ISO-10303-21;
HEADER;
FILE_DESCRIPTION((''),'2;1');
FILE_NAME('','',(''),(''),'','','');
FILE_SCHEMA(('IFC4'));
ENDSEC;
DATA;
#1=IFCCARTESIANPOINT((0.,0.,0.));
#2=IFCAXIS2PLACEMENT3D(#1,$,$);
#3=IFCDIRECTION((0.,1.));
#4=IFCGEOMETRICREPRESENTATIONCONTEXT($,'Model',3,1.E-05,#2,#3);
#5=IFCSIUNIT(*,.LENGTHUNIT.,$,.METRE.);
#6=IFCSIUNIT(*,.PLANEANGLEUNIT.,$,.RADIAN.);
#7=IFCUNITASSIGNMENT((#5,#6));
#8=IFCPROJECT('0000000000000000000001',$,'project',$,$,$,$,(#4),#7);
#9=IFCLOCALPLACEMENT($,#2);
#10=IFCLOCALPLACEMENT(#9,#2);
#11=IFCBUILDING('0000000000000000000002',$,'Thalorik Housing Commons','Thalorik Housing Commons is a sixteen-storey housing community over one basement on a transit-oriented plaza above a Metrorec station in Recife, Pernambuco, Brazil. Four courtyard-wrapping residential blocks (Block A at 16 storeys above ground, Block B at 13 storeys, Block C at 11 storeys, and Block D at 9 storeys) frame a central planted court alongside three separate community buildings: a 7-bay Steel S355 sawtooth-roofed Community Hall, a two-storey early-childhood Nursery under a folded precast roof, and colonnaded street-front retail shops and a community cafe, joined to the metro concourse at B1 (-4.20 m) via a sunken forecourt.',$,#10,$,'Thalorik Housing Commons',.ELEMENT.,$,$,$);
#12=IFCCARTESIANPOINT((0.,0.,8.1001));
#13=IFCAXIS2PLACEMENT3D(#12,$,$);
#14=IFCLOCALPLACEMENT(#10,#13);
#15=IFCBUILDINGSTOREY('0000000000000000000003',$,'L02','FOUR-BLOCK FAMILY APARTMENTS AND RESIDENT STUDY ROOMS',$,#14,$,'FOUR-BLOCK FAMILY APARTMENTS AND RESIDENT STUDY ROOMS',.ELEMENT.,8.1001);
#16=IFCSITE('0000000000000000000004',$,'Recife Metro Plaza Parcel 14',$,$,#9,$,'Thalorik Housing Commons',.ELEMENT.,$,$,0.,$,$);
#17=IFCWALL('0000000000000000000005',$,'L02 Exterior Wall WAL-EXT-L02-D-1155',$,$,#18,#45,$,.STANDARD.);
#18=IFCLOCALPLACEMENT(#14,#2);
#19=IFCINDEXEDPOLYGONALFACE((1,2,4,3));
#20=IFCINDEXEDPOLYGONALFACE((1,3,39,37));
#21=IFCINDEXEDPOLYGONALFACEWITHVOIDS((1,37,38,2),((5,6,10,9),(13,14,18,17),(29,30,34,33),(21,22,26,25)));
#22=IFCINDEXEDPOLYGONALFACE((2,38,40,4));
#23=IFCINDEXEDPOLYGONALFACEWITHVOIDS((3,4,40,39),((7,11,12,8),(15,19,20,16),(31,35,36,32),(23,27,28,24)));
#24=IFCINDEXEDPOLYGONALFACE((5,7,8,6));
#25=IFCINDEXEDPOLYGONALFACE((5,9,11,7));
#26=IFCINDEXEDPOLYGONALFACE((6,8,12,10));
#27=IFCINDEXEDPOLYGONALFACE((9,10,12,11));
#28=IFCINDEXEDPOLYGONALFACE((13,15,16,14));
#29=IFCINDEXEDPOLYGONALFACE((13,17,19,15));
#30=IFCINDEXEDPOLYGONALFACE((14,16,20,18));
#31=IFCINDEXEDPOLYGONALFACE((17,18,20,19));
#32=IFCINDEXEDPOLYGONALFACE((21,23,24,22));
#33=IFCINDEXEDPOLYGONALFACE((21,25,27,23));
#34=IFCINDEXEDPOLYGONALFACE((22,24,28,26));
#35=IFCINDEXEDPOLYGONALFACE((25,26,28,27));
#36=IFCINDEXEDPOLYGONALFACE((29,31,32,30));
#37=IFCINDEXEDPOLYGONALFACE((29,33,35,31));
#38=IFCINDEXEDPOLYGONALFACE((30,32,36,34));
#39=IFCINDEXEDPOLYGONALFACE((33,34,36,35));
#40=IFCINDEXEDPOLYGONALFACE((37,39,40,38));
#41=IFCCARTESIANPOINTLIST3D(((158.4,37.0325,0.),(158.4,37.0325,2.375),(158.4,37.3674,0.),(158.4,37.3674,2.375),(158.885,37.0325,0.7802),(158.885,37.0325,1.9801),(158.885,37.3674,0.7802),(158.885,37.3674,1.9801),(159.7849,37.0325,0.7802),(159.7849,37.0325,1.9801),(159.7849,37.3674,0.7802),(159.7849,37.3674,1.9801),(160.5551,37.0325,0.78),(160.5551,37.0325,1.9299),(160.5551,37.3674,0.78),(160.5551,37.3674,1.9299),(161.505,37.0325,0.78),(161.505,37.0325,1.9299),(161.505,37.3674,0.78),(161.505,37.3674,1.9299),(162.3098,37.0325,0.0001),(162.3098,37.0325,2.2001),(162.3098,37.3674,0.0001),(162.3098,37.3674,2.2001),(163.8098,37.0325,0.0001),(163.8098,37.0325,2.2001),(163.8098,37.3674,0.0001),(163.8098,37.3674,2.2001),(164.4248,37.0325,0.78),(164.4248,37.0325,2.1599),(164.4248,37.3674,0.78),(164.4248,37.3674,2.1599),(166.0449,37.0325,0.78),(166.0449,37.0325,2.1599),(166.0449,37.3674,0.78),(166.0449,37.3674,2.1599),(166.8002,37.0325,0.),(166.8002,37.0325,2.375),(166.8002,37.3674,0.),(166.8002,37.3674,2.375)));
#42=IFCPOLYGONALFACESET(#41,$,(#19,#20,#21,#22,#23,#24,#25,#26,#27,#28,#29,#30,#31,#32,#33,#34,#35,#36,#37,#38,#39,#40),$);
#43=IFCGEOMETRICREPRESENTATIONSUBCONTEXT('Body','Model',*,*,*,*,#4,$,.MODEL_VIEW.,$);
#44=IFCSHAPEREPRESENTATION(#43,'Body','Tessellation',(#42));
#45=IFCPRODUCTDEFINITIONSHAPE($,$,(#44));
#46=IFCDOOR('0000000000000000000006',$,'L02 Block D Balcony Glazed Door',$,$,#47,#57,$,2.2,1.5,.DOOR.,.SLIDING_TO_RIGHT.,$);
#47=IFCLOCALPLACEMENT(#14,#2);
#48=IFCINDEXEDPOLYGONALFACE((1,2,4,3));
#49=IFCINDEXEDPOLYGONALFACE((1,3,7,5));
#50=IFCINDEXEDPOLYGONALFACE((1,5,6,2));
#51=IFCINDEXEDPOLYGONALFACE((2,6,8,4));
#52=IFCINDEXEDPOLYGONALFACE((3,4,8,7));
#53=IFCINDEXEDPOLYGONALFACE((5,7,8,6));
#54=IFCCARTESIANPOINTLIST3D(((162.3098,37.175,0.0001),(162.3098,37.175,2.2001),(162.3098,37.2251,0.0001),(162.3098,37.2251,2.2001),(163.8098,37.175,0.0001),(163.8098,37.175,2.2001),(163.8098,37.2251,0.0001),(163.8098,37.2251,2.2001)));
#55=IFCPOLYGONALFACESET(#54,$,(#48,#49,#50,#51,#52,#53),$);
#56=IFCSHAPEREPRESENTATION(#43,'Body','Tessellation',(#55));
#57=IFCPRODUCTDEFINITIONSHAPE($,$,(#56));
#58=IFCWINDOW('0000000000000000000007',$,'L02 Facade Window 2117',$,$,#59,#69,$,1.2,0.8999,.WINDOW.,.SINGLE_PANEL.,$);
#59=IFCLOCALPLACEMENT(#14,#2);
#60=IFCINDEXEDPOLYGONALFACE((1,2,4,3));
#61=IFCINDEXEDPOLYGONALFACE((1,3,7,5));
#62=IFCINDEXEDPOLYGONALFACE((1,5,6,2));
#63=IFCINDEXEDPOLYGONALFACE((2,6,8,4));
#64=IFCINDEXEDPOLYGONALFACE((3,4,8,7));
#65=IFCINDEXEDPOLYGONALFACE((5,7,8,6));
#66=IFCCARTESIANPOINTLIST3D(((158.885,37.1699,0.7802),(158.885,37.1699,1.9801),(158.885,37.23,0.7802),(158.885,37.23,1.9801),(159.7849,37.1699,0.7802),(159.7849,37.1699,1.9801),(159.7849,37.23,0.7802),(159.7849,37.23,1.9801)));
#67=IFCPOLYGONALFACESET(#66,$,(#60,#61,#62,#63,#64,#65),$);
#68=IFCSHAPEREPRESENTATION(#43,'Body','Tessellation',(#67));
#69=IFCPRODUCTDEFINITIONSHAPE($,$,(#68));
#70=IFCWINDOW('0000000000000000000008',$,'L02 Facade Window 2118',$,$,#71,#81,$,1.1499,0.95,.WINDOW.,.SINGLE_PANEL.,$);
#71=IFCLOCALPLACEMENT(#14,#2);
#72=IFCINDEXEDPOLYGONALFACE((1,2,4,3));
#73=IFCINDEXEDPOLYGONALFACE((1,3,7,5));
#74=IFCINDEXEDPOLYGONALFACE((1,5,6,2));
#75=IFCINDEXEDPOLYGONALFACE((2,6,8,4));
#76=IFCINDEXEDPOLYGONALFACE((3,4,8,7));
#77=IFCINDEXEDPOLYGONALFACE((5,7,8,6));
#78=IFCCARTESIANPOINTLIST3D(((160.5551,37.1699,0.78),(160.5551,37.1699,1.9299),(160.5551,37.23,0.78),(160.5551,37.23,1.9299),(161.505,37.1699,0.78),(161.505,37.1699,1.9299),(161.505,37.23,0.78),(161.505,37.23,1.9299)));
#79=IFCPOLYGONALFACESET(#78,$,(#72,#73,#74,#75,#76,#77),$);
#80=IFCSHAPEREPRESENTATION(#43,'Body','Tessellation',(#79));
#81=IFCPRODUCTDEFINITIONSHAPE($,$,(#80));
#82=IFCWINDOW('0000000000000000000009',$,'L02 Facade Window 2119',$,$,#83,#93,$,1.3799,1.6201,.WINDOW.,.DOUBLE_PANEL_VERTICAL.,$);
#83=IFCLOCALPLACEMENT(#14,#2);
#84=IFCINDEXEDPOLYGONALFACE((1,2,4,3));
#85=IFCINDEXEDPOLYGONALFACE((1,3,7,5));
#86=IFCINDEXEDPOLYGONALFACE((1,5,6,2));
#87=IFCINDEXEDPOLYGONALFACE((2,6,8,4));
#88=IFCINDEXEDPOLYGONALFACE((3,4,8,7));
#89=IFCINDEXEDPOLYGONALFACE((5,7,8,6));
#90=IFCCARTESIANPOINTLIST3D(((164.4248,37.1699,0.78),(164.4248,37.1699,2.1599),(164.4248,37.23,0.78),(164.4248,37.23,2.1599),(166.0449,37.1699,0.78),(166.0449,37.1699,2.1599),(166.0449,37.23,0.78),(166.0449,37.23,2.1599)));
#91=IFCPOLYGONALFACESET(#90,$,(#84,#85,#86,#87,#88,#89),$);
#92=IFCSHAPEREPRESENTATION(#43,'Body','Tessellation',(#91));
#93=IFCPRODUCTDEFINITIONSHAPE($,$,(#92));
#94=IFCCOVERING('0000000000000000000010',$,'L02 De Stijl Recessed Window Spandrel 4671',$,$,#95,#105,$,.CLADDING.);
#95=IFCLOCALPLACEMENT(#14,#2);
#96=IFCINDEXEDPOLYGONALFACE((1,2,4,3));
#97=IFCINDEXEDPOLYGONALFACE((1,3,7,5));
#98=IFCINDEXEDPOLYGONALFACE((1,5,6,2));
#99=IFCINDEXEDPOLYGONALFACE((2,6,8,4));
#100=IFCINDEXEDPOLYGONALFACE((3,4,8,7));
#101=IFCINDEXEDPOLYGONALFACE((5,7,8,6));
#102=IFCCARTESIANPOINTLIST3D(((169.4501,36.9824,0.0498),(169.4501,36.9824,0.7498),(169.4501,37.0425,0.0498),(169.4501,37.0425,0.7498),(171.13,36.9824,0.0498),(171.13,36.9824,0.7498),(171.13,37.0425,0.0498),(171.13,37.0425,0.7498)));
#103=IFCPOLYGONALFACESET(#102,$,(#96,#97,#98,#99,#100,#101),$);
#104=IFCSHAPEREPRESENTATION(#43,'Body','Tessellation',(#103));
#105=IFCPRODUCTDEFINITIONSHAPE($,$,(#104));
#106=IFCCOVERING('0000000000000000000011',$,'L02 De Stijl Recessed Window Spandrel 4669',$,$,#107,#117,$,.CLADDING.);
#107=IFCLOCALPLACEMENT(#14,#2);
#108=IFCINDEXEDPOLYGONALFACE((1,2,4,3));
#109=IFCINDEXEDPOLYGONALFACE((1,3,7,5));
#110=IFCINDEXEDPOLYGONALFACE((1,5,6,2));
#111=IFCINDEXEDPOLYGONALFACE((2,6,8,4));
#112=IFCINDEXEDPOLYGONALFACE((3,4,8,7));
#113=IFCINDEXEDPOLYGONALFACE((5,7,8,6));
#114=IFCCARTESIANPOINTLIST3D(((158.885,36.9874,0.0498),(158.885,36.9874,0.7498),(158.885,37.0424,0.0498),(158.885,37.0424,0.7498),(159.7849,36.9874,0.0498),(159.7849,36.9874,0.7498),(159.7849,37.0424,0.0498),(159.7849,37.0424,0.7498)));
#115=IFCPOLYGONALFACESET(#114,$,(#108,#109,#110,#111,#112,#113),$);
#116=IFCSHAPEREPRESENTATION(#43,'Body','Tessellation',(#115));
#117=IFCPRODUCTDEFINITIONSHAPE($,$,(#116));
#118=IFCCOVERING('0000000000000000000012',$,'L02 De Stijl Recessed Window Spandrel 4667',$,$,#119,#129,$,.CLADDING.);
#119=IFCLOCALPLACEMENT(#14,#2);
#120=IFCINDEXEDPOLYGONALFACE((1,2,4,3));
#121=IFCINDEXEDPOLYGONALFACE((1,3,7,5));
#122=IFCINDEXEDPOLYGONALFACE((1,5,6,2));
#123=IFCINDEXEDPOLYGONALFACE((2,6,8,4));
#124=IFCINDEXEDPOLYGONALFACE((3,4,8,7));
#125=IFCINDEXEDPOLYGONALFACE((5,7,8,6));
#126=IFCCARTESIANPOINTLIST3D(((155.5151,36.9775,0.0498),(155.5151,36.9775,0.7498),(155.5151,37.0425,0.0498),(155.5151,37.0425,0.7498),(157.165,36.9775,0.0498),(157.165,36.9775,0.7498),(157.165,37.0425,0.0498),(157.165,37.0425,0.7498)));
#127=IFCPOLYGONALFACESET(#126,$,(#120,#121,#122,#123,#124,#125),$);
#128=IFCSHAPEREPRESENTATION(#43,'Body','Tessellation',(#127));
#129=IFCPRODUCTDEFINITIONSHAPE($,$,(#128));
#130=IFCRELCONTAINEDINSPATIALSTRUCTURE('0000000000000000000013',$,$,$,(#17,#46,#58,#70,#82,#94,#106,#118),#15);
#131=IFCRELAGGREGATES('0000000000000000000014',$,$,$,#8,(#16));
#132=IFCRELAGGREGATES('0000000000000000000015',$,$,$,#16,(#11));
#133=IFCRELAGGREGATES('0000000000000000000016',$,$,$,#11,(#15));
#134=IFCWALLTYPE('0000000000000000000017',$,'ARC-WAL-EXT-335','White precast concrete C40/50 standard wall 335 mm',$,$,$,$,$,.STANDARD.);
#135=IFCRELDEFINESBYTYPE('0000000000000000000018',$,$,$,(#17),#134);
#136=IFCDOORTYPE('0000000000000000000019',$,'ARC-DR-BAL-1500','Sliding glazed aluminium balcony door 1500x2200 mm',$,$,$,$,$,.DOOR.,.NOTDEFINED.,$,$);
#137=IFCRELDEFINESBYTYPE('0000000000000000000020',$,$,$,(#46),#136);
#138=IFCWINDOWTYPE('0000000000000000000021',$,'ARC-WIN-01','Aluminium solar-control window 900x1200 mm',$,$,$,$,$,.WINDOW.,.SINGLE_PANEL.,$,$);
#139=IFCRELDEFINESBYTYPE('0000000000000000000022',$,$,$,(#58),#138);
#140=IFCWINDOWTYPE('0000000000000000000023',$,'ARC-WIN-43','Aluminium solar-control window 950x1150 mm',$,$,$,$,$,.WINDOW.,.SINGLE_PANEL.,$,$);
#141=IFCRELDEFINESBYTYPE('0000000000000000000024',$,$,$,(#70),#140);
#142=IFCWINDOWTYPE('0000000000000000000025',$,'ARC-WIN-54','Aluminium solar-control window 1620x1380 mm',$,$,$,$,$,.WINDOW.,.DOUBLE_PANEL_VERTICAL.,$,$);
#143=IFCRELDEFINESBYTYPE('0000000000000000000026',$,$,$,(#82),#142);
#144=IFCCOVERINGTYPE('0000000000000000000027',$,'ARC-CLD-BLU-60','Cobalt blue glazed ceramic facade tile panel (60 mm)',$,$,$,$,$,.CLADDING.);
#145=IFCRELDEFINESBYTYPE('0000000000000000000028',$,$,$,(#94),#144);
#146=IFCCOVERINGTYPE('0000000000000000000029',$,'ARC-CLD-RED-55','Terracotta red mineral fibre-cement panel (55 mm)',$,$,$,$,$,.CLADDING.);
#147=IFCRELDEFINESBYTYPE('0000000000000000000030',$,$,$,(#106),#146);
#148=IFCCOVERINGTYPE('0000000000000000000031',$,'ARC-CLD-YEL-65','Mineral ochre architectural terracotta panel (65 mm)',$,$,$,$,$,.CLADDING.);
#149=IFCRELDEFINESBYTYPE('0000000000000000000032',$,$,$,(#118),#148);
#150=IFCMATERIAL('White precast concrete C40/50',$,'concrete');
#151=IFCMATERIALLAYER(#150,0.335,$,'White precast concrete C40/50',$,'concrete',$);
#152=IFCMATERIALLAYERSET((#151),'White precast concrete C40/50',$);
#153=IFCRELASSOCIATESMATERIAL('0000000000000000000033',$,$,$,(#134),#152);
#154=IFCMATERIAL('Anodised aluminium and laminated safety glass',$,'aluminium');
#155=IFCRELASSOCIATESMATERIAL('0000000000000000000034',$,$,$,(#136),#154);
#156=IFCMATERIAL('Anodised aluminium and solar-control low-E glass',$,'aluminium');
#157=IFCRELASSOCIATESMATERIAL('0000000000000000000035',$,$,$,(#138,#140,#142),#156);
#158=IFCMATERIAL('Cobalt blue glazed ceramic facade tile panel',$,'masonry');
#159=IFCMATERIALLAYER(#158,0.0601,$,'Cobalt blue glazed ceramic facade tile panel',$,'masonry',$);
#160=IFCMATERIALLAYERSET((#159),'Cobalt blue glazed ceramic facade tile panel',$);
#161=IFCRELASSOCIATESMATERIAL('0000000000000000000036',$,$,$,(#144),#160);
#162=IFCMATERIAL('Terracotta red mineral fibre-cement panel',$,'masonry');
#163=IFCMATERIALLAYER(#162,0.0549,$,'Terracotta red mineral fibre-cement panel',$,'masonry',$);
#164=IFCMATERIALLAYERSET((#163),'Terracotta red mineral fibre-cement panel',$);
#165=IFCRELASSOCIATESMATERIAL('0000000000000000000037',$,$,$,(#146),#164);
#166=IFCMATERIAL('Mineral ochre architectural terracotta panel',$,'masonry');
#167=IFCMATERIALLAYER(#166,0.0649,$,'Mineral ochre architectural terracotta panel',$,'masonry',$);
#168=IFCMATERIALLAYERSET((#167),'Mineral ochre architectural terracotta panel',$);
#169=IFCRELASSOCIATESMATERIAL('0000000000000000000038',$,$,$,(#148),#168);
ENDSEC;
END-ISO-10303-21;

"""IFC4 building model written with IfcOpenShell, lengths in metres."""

from ifc_helpers import new_model, si_unit, direction, frame, frame_2d, origin, origin_2d, place, context, subcontext, project, spatial, rectangle, extrude, material, layer, layer_set, type_object, element, fill, save


model = new_model("IFC4")

# Units and contexts
model_context = context("Model", 3, precision=1e-05, world=origin(), true_north=direction((0.0, 1.0)))
body_context = subcontext(model_context, "Body", "Model", "MODEL_VIEW")
ifc_project = project(units=[si_unit("LENGTHUNIT", "METRE"), si_unit("PLANEANGLEUNIT", "RADIAN")], contexts=[model_context])

# Site, building, storey
site_placement = place(None, origin())
site = spatial("IfcSite", under=ifc_project, at=site_placement, Name="Recife Metro Plaza Parcel 14", LongName="Thalorik Housing Commons", CompositionType="ELEMENT", RefElevation=0.0)
building_placement = place(site_placement, origin())
building = spatial("IfcBuilding", under=site, at=building_placement, Name="Thalorik Housing Commons", Description="Thalorik Housing Commons is a sixteen-storey housing community over one basement on a transit-oriented plaza above a Metrorec station in Recife, Pernambuco, Brazil. Four courtyard-wrapping residential blocks (Block A at 16 storeys above ground, Block B at 13 storeys, Block C at 11 storeys, and Block D at 9 storeys) frame a central planted court alongside three separate community buildings: a 7-bay Steel S355 sawtooth-roofed Community Hall, a two-storey early-childhood Nursery under a folded precast roof, and colonnaded street-front retail shops and a community cafe, joined to the metro concourse at B1 (-4.20 m) via a sunken forecourt.", LongName="Thalorik Housing Commons", CompositionType="ELEMENT")
storey_placement = place(building_placement, frame((0.0, 0.0, 8.1001)))
storey = spatial("IfcBuildingStorey", under=building, at=storey_placement, Name="L02", Description="FOUR-BLOCK FAMILY APARTMENTS AND RESIDENT STUDY ROOMS", LongName="FOUR-BLOCK FAMILY APARTMENTS AND RESIDENT STUDY ROOMS", CompositionType="ELEMENT", Elevation=8.1001)

# Wall, openings, door, windows
ifc_material_1 = material(Name="White precast concrete C40/50", Category="concrete")
ifc_layer_1 = layer(ifc_material_1, 0.335, Name="White precast concrete C40/50", Category="concrete")
ifc_layer_set_1 = layer_set([ifc_layer_1], Name="White precast concrete C40/50")
wall_type = type_object("IfcWallType", Name="ARC-WAL-EXT-335", Description="White precast concrete C40/50 standard wall 335 mm", PredefinedType="STANDARD", material=ifc_layer_set_1)
wall_placement = place(storey_placement, frame((158.3999, 37.2, 0.0), z_axis=(0.0, 0.0, 1.0), x_axis=(1.0, 0.0, 0.0)))
wall = element("IfcWall", 1, at=wall_placement, inside=storey, type_object=wall_type, Name="L02 Exterior Wall WAL-EXT-L02-D-1155", PredefinedType="STANDARD", context=body_context, shape_type="SweptSolid", body=[
    extrude(rectangle(XDim=8.4001, YDim=0.335, at=frame_2d((4.2002, 0.0))), origin(), (0.0, 0.0, 1.0), 2.375),
])
opening_1_placement = place(wall_placement, frame((3.9099, 0.0, 0.0)))
opening_1 = element("IfcOpeningElement", 2, at=opening_1_placement, cuts=wall, PredefinedType="OPENING", context=body_context, shape_type="SweptSolid", body=[
    extrude(rectangle(XDim=1.5, YDim=2.2, at=frame_2d((0.75, 1.1001))), frame((0.0, 0.1775, 0.0), z_axis=(0.0, -1.0, 0.0), x_axis=(1.0, 0.0, 0.0)), (0.0, 0.0, 1.0), 0.355),
])
opening_2_placement = place(wall_placement, frame((0.4851, 0.0, 0.78)))
opening_2 = element("IfcOpeningElement", 3, at=opening_2_placement, cuts=wall, PredefinedType="OPENING", context=body_context, shape_type="SweptSolid", body=[
    extrude(rectangle(XDim=0.8999, YDim=1.2, at=frame_2d((0.45, 0.6001))), frame((0.0, 0.1775, 0.0), z_axis=(0.0, -1.0, 0.0), x_axis=(1.0, 0.0, 0.0)), (0.0, 0.0, 1.0), 0.355),
])
opening_3_placement = place(wall_placement, frame((2.155, 0.0, 0.78)))
opening_3 = element("IfcOpeningElement", 4, at=opening_3_placement, cuts=wall, PredefinedType="OPENING", context=body_context, shape_type="SweptSolid", body=[
    extrude(rectangle(XDim=0.95, YDim=1.1499, at=frame_2d((0.4751, 0.575))), frame((0.0, 0.1775, 0.0), z_axis=(0.0, -1.0, 0.0), x_axis=(1.0, 0.0, 0.0)), (0.0, 0.0, 1.0), 0.355),
])
opening_4_placement = place(wall_placement, frame((6.0249, 0.0, 0.78)))
opening_4 = element("IfcOpeningElement", 5, at=opening_4_placement, cuts=wall, PredefinedType="OPENING", context=body_context, shape_type="SweptSolid", body=[
    extrude(rectangle(XDim=1.6201, YDim=1.3799, at=frame_2d((0.8101, 0.6899))), frame((0.0, 0.1775, 0.0), z_axis=(0.0, -1.0, 0.0), x_axis=(1.0, 0.0, 0.0)), (0.0, 0.0, 1.0), 0.355),
])
ifc_material_2 = material(Name="Anodised aluminium and laminated safety glass", Category="aluminium")
door_type = type_object("IfcDoorType", Name="ARC-DR-BAL-1500", Description="Sliding glazed aluminium balcony door 1500x2200 mm", OperationType="NOTDEFINED", PredefinedType="DOOR", material=ifc_material_2)
door_placement = place(opening_1_placement, frame((1.5, 0.0, 0.0), z_axis=(0.0, 0.0, 1.0), x_axis=(-1.0, 0.0, 0.0)))
door = element("IfcDoor", 6, at=door_placement, inside=storey, type_object=door_type, Name="L02 Block D Balcony Glazed Door", OperationType="SLIDING_TO_RIGHT", OverallHeight=2.2, OverallWidth=1.5, PredefinedType="DOOR", context=body_context, shape_type="SweptSolid", body=[
    extrude(rectangle(XDim=1.5, YDim=2.2, at=frame_2d((0.75, 1.1001))), frame((0.0, 0.0249, 0.0), z_axis=(0.0, -1.0, 0.0), x_axis=(1.0, 0.0, 0.0)), (0.0, 0.0, 1.0), 0.05),
])
fill(opening_1, door)
ifc_material_3 = material(Name="Anodised aluminium and solar-control low-E glass", Category="aluminium")
window_type_1 = type_object("IfcWindowType", Name="ARC-WIN-01", Description="Aluminium solar-control window 900x1200 mm", PartitioningType="SINGLE_PANEL", PredefinedType="WINDOW", material=ifc_material_3)
window_1_placement = place(opening_2_placement, origin())
window_1 = element("IfcWindow", 7, at=window_1_placement, inside=storey, type_object=window_type_1, Name="L02 Facade Window 2117", OverallHeight=1.2, OverallWidth=0.8999, PartitioningType="SINGLE_PANEL", PredefinedType="WINDOW", context=body_context, shape_type="SweptSolid", body=[
    extrude(rectangle(XDim=0.8999, YDim=1.2, at=frame_2d((0.45, 0.6001))), frame((0.0, 0.03, 0.0), z_axis=(0.0, -1.0, 0.0), x_axis=(1.0, 0.0, 0.0)), (0.0, 0.0, 1.0), 0.0601),
])
fill(opening_2, window_1)
window_type_2 = type_object("IfcWindowType", Name="ARC-WIN-43", Description="Aluminium solar-control window 950x1150 mm", PartitioningType="SINGLE_PANEL", PredefinedType="WINDOW", material=ifc_material_3)
window_2_placement = place(opening_3_placement, origin())
window_2 = element("IfcWindow", 8, at=window_2_placement, inside=storey, type_object=window_type_2, Name="L02 Facade Window 2118", OverallHeight=1.1499, OverallWidth=0.95, PartitioningType="SINGLE_PANEL", PredefinedType="WINDOW", context=body_context, shape_type="SweptSolid", body=[
    extrude(rectangle(XDim=0.95, YDim=1.1499, at=frame_2d((0.4751, 0.575))), frame((0.0, 0.03, 0.0), z_axis=(0.0, -1.0, 0.0), x_axis=(1.0, 0.0, 0.0)), (0.0, 0.0, 1.0), 0.0601),
])
fill(opening_3, window_2)
window_type_3 = type_object("IfcWindowType", Name="ARC-WIN-54", Description="Aluminium solar-control window 1620x1380 mm", PartitioningType="DOUBLE_PANEL_VERTICAL", PredefinedType="WINDOW", material=ifc_material_3)
window_3_placement = place(opening_4_placement, origin())
window_3 = element("IfcWindow", 9, at=window_3_placement, inside=storey, type_object=window_type_3, Name="L02 Facade Window 2119", OverallHeight=1.3799, OverallWidth=1.6201, PartitioningType="DOUBLE_PANEL_VERTICAL", PredefinedType="WINDOW", context=body_context, shape_type="SweptSolid", body=[
    extrude(rectangle(XDim=1.6201, YDim=1.3799, at=frame_2d((0.8101, 0.6899))), frame((0.0, 0.03, 0.0), z_axis=(0.0, -1.0, 0.0), x_axis=(1.0, 0.0, 0.0)), (0.0, 0.0, 1.0), 0.0601),
])
fill(opening_4, window_3)

# Coverings
ifc_material_4 = material(Name="Cobalt blue glazed ceramic facade tile panel", Category="masonry")
ifc_layer_2 = layer(ifc_material_4, 0.0601, Name="Cobalt blue glazed ceramic facade tile panel", Category="masonry")
ifc_layer_set_2 = layer_set([ifc_layer_2], Name="Cobalt blue glazed ceramic facade tile panel")
covering_type_1 = type_object("IfcCoveringType", Name="ARC-CLD-BLU-60", Description="Cobalt blue glazed ceramic facade tile panel (60 mm)", PredefinedType="CLADDING", material=ifc_layer_set_2)
covering_1_placement = place(storey_placement, frame((170.29, 37.0125, 0.0498), z_axis=(0.0, 0.0, 1.0), x_axis=(1.0, 0.0, 0.0)))
element("IfcCovering", 10, at=covering_1_placement, inside=storey, type_object=covering_type_1, Name="L02 De Stijl Recessed Window Spandrel 4671", PredefinedType="CLADDING", context=body_context, shape_type="SweptSolid", body=[
    extrude(rectangle(XDim=1.6799, YDim=0.0601, at=origin_2d()), origin(), (0.0, 0.0, 1.0), 0.7),
])
ifc_material_5 = material(Name="Terracotta red mineral fibre-cement panel", Category="masonry")
ifc_layer_3 = layer(ifc_material_5, 0.0549, Name="Terracotta red mineral fibre-cement panel", Category="masonry")
ifc_layer_set_3 = layer_set([ifc_layer_3], Name="Terracotta red mineral fibre-cement panel")
covering_type_2 = type_object("IfcCoveringType", Name="ARC-CLD-RED-55", Description="Terracotta red mineral fibre-cement panel (55 mm)", PredefinedType="CLADDING", material=ifc_layer_set_3)
covering_2_placement = place(storey_placement, frame((159.335, 37.0149, 0.0498), z_axis=(0.0, 0.0, 1.0), x_axis=(1.0, 0.0, 0.0)))
element("IfcCovering", 11, at=covering_2_placement, inside=storey, type_object=covering_type_2, Name="L02 De Stijl Recessed Window Spandrel 4669", PredefinedType="CLADDING", context=body_context, shape_type="SweptSolid", body=[
    extrude(rectangle(XDim=0.8999, YDim=0.0549, at=origin_2d()), origin(), (0.0, 0.0, 1.0), 0.7),
])
ifc_material_6 = material(Name="Mineral ochre architectural terracotta panel", Category="masonry")
ifc_layer_4 = layer(ifc_material_6, 0.0649, Name="Mineral ochre architectural terracotta panel", Category="masonry")
ifc_layer_set_4 = layer_set([ifc_layer_4], Name="Mineral ochre architectural terracotta panel")
covering_type_3 = type_object("IfcCoveringType", Name="ARC-CLD-YEL-65", Description="Mineral ochre architectural terracotta panel (65 mm)", PredefinedType="CLADDING", material=ifc_layer_set_4)
covering_3_placement = place(storey_placement, frame((156.3401, 37.01, 0.0498), z_axis=(0.0, 0.0, 1.0), x_axis=(1.0, 0.0, 0.0)))
element("IfcCovering", 12, at=covering_3_placement, inside=storey, type_object=covering_type_3, Name="L02 De Stijl Recessed Window Spandrel 4667", PredefinedType="CLADDING", context=body_context, shape_type="SweptSolid", body=[
    extrude(rectangle(XDim=1.6499, YDim=0.0649, at=origin_2d()), origin(), (0.0, 0.0, 1.0), 0.7),
])

save(model, "model.ifc")
